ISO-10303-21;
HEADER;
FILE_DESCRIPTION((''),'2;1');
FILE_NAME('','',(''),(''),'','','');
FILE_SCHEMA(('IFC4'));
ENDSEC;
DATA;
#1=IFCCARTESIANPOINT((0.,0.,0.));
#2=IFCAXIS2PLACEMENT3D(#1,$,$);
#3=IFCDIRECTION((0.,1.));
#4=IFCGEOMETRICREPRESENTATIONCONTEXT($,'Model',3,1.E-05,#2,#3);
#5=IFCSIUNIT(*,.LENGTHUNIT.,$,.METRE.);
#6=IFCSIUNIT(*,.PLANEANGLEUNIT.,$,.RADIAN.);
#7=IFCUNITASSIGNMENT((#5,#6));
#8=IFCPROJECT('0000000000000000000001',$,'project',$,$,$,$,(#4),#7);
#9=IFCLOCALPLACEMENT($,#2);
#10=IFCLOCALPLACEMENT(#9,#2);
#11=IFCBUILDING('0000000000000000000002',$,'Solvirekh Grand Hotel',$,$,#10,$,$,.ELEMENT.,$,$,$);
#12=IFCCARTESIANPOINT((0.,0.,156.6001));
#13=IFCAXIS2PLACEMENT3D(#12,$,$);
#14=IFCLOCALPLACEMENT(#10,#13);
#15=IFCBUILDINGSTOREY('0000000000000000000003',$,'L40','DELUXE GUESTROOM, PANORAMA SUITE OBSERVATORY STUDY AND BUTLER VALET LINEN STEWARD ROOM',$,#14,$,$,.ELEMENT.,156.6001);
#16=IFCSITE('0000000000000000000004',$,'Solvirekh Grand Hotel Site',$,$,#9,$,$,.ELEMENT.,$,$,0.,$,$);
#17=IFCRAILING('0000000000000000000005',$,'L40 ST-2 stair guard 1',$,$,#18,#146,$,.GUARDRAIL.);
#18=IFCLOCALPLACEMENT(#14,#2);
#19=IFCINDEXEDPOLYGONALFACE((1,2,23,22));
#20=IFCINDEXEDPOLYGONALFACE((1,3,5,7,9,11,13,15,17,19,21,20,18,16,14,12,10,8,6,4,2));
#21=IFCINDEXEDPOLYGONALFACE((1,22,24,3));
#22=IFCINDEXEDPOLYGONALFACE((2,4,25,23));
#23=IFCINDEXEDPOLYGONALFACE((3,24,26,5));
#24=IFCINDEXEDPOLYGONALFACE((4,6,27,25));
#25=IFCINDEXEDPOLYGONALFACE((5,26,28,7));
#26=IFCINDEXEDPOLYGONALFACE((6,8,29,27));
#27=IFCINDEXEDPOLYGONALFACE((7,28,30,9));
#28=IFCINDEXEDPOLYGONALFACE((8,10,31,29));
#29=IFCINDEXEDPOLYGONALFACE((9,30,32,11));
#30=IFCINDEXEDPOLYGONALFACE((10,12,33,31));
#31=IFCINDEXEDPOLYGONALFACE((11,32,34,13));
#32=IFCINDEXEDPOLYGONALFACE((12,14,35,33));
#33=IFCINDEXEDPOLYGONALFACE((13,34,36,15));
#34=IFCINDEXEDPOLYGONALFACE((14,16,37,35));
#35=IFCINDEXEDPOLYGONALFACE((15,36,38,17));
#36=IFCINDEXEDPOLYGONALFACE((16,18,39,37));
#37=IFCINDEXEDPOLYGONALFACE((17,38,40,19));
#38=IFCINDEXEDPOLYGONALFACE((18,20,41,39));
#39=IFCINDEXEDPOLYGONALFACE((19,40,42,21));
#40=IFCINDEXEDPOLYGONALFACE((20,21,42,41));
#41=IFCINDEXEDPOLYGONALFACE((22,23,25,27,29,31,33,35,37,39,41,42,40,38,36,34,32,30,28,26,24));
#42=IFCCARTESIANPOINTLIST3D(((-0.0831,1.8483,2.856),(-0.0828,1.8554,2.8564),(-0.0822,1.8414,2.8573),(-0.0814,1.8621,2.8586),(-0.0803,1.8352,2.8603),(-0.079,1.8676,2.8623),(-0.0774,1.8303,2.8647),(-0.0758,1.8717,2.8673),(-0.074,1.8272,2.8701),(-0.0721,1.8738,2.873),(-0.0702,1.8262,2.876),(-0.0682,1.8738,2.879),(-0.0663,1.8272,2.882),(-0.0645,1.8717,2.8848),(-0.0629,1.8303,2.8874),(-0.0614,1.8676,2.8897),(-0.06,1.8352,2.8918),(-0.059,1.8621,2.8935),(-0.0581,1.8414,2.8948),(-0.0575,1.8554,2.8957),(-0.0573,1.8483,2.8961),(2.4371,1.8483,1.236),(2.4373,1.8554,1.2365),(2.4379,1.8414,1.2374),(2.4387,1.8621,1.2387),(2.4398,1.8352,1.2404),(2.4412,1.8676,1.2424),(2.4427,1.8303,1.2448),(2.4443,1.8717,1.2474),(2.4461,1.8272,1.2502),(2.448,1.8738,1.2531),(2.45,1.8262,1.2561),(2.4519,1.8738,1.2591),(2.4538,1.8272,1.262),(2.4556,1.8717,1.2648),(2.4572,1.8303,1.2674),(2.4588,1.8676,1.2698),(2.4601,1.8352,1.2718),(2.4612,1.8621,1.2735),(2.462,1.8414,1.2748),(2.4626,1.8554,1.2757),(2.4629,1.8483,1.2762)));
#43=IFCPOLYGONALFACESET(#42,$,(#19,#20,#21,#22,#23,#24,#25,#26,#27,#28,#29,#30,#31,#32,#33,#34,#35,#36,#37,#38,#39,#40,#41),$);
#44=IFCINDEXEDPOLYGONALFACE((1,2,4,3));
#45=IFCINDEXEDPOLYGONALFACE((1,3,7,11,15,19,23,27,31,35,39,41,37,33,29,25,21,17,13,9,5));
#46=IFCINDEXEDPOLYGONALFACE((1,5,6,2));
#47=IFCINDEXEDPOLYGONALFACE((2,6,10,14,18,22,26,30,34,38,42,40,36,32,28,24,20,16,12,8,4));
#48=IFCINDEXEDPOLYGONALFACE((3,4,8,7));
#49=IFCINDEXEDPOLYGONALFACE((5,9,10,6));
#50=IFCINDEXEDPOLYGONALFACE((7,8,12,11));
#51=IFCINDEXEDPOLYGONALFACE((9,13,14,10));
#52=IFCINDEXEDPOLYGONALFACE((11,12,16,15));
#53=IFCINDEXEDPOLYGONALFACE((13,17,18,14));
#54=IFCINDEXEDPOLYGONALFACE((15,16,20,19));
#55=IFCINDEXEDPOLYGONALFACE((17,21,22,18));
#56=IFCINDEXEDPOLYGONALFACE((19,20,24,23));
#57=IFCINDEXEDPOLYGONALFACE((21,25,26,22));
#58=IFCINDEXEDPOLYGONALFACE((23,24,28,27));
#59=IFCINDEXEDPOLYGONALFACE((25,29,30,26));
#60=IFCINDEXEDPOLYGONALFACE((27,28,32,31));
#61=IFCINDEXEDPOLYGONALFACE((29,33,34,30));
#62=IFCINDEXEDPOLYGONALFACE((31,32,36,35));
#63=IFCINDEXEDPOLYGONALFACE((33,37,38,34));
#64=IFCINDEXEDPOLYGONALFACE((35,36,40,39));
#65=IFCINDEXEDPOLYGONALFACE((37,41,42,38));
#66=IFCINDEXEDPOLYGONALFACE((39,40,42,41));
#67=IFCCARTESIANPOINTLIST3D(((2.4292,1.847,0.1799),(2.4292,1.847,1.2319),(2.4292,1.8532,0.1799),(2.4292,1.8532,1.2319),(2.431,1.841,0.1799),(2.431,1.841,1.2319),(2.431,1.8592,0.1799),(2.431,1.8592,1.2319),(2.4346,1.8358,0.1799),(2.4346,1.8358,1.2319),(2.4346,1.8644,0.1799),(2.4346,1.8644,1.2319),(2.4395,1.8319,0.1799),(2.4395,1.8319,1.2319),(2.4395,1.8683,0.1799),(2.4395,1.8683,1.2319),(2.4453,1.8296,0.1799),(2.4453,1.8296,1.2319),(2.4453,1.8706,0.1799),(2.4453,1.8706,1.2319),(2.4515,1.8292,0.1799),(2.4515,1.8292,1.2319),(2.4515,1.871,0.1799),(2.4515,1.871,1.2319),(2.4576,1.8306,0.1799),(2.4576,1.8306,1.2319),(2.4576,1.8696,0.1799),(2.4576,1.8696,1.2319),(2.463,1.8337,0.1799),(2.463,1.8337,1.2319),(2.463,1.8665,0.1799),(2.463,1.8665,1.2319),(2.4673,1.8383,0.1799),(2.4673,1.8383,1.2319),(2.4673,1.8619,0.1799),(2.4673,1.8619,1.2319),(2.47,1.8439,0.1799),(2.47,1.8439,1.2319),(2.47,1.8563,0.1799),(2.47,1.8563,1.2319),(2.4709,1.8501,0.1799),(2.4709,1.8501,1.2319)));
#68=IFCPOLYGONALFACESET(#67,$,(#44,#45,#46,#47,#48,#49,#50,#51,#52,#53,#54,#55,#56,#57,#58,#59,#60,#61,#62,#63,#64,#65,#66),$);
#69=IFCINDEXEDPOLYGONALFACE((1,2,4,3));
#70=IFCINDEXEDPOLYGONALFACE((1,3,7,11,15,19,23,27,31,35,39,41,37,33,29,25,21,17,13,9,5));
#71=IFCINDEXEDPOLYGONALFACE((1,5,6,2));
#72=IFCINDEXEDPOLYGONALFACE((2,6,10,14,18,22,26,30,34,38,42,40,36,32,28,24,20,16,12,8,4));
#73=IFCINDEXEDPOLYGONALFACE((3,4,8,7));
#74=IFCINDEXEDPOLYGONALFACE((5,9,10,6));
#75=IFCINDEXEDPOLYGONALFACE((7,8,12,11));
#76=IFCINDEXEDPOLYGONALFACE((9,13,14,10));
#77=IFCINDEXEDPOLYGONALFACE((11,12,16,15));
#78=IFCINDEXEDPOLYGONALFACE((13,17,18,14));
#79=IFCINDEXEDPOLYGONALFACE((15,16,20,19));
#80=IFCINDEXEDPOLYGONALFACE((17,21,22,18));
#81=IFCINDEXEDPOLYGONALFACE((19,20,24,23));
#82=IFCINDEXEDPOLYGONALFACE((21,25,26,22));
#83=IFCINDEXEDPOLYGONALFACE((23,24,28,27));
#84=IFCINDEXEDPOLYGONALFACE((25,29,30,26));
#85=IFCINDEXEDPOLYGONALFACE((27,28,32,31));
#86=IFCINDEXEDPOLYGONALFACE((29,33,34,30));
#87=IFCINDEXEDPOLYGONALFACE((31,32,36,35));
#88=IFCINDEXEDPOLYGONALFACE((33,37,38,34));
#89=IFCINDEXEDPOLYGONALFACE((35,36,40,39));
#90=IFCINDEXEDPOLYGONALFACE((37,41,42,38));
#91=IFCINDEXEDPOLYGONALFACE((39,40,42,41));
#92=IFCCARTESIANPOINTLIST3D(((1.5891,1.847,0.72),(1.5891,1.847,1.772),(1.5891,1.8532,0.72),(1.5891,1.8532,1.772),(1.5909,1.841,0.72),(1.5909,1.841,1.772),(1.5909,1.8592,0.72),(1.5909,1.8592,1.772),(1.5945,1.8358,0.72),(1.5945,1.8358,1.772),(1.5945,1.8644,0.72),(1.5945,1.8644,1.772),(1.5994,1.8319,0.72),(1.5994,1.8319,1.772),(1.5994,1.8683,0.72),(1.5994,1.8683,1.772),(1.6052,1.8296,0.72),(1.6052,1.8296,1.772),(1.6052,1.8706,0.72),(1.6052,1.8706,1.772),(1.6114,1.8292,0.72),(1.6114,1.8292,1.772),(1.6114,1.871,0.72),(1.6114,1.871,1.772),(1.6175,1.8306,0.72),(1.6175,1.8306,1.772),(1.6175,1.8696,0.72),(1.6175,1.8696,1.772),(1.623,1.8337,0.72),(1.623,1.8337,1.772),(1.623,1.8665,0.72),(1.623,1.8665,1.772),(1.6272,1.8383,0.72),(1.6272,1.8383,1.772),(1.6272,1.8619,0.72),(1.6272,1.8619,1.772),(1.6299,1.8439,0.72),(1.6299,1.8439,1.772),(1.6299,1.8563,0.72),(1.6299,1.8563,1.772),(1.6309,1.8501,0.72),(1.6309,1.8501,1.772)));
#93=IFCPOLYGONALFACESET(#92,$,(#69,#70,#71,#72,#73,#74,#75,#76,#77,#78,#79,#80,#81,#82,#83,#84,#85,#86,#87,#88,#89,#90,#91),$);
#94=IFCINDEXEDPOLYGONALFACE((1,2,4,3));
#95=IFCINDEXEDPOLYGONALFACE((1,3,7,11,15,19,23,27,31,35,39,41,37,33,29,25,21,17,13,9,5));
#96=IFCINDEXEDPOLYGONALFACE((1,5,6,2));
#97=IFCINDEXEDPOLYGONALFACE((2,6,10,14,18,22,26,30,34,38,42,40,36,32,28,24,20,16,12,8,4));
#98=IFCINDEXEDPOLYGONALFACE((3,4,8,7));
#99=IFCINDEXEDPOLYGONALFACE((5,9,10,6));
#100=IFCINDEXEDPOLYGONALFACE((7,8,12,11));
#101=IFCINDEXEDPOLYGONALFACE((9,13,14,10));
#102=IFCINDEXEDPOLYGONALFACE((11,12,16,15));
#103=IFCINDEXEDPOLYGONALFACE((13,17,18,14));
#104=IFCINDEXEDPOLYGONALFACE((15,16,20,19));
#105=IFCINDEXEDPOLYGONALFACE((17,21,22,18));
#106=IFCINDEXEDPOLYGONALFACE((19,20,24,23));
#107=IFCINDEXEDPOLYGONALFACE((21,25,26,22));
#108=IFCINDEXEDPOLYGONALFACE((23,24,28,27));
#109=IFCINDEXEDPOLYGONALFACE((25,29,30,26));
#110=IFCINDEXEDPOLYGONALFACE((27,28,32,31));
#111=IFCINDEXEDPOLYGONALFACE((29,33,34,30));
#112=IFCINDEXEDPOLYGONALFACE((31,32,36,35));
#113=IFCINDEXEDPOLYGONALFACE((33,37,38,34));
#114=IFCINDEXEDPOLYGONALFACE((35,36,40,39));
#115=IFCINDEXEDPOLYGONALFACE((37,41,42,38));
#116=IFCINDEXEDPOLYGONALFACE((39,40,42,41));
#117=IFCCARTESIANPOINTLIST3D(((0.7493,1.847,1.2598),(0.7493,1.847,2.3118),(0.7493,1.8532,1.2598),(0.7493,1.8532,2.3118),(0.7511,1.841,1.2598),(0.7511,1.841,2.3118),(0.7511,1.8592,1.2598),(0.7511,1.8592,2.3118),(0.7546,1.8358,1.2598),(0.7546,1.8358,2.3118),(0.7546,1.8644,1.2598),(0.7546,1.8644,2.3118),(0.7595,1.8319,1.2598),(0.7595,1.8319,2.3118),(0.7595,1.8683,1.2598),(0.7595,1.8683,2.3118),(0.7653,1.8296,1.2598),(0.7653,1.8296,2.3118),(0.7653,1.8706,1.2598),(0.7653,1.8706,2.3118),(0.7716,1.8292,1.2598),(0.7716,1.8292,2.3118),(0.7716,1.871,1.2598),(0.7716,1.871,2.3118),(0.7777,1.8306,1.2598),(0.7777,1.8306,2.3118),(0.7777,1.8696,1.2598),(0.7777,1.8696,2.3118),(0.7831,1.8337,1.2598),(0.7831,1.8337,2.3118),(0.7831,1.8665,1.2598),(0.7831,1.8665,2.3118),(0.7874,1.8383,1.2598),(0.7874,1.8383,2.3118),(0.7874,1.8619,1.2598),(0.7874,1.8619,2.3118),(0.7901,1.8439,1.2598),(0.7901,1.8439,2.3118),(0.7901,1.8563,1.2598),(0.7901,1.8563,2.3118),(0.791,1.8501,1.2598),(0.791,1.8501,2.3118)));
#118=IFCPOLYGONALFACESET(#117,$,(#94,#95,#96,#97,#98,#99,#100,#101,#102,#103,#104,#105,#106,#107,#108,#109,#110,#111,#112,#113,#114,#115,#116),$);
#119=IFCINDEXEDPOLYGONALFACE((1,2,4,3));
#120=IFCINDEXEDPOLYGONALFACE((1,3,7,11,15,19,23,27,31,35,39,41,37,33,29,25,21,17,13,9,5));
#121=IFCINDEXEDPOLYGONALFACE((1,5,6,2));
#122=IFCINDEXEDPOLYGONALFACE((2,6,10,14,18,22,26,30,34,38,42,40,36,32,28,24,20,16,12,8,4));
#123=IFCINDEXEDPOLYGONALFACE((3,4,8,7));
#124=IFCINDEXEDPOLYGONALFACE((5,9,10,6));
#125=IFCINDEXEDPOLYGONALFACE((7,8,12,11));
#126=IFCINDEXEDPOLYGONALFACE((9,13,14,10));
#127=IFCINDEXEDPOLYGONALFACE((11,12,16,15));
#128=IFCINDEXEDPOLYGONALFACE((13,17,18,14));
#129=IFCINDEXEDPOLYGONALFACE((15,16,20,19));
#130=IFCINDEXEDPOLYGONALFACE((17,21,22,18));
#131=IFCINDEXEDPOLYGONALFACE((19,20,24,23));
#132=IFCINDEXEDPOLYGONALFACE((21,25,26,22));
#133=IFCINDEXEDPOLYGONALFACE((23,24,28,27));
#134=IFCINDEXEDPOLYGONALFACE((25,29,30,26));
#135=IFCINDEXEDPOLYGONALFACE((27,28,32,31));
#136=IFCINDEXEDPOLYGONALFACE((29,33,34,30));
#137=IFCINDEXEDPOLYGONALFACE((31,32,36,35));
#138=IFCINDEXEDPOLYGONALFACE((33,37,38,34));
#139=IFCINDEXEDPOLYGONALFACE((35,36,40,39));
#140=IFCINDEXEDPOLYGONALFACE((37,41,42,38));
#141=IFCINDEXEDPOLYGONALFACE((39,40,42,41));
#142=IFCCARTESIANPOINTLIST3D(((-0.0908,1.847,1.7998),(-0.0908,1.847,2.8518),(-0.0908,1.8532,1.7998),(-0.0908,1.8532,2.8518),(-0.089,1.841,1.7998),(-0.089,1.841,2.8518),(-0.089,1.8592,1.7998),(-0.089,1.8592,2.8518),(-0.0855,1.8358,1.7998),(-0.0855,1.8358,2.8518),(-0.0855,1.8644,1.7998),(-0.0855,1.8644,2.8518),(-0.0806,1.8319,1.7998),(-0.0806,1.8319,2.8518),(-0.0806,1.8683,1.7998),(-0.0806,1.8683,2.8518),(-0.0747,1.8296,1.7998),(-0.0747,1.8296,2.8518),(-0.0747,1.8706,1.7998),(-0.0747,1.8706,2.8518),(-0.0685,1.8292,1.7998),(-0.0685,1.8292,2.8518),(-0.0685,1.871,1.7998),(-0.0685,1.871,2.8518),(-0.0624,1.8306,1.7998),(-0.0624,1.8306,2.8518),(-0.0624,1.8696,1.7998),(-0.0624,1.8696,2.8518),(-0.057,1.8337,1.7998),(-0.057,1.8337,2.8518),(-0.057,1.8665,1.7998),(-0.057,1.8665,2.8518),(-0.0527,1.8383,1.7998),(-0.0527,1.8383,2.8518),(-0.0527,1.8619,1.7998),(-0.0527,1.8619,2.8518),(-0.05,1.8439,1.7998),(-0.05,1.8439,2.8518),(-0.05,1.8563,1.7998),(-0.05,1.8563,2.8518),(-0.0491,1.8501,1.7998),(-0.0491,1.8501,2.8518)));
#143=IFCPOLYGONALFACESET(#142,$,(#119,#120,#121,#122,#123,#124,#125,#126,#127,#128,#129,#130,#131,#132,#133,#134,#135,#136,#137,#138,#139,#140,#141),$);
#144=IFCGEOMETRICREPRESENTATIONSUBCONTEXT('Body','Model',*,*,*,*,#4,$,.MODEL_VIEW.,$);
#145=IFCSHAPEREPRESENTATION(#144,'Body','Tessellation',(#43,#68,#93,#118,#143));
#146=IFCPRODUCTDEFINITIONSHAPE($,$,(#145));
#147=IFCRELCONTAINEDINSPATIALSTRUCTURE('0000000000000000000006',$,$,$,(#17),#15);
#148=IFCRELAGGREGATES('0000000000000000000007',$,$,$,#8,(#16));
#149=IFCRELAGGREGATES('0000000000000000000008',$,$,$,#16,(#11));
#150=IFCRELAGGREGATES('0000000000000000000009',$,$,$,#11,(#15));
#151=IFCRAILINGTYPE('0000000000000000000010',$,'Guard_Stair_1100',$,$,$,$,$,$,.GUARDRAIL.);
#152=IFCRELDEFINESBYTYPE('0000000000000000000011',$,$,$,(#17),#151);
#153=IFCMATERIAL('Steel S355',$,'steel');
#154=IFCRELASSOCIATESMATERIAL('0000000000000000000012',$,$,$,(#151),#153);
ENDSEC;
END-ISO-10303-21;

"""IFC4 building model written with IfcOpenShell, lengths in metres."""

from ifc_helpers import new_model, si_unit, direction, frame, origin, origin_2d, place, context, subcontext, project, spatial, circle, extrude, material, type_object, element, save


model = new_model("IFC4")

# Units and contexts
model_context = context("Model", 3, precision=1e-05, world=origin(), true_north=direction((0.0, 1.0)))
body_context = subcontext(model_context, "Body", "Model", "MODEL_VIEW")
ifc_project = project(units=[si_unit("LENGTHUNIT", "METRE"), si_unit("PLANEANGLEUNIT", "RADIAN")], contexts=[model_context])

# Site, building, storey
site_placement = place(None, origin())
site = spatial("IfcSite", under=ifc_project, at=site_placement, Name="Solvirekh Grand Hotel Site", CompositionType="ELEMENT", RefElevation=0.0)
building_placement = place(site_placement, origin())
building = spatial("IfcBuilding", under=site, at=building_placement, Name="Solvirekh Grand Hotel", CompositionType="ELEMENT")
storey_placement = place(building_placement, frame((0.0, 0.0, 156.6001)))
storey = spatial("IfcBuildingStorey", under=building, at=storey_placement, Name="L40", Description="DELUXE GUESTROOM, PANORAMA SUITE OBSERVATORY STUDY AND BUTLER VALET LINEN STEWARD ROOM", CompositionType="ELEMENT", Elevation=156.6001)

# Shared definitions
ifc_material_1 = material(Name="Steel S355", Category="steel")

# Railing
railing_type_1 = type_object("IfcRailingType", Name="Guard_Stair_1100", PredefinedType="GUARDRAIL", material=ifc_material_1)
railing_1_placement = place(storey_placement, frame((2.45, 1.8501, 0.1799)))
element("IfcRailing", 1, at=railing_1_placement, inside=storey, type_object=railing_type_1, Name="L40 ST-2 stair guard 1", PredefinedType="GUARDRAIL", context=body_context, shape_type="SweptSolid", body=[
    extrude(circle(Radius=0.0239, at=origin_2d()), frame((0.0, 0.0, 1.0762), z_axis=(-0.8412, 0.0, 0.540725), x_axis=(0.0, -1.0, 0.0)), (0.0, 0.0, 1.0), 2.9958),
    extrude(circle(Radius=0.021, at=origin_2d()), origin(), (0.0, 0.0, 1.0), 1.052),
    extrude(circle(Radius=0.021, at=origin_2d()), frame((-0.8401, 0.0, 0.54)), (0.0, 0.0, 1.0), 1.052),
    extrude(circle(Radius=0.021, at=origin_2d()), frame((-1.6799, 0.0, 1.0798)), (0.0, 0.0, 1.0), 1.052),
    extrude(circle(Radius=0.021, at=origin_2d()), frame((-2.52, 0.0, 1.6199)), (0.0, 0.0, 1.0), 1.052),
])

save(model, "model.ifc")
